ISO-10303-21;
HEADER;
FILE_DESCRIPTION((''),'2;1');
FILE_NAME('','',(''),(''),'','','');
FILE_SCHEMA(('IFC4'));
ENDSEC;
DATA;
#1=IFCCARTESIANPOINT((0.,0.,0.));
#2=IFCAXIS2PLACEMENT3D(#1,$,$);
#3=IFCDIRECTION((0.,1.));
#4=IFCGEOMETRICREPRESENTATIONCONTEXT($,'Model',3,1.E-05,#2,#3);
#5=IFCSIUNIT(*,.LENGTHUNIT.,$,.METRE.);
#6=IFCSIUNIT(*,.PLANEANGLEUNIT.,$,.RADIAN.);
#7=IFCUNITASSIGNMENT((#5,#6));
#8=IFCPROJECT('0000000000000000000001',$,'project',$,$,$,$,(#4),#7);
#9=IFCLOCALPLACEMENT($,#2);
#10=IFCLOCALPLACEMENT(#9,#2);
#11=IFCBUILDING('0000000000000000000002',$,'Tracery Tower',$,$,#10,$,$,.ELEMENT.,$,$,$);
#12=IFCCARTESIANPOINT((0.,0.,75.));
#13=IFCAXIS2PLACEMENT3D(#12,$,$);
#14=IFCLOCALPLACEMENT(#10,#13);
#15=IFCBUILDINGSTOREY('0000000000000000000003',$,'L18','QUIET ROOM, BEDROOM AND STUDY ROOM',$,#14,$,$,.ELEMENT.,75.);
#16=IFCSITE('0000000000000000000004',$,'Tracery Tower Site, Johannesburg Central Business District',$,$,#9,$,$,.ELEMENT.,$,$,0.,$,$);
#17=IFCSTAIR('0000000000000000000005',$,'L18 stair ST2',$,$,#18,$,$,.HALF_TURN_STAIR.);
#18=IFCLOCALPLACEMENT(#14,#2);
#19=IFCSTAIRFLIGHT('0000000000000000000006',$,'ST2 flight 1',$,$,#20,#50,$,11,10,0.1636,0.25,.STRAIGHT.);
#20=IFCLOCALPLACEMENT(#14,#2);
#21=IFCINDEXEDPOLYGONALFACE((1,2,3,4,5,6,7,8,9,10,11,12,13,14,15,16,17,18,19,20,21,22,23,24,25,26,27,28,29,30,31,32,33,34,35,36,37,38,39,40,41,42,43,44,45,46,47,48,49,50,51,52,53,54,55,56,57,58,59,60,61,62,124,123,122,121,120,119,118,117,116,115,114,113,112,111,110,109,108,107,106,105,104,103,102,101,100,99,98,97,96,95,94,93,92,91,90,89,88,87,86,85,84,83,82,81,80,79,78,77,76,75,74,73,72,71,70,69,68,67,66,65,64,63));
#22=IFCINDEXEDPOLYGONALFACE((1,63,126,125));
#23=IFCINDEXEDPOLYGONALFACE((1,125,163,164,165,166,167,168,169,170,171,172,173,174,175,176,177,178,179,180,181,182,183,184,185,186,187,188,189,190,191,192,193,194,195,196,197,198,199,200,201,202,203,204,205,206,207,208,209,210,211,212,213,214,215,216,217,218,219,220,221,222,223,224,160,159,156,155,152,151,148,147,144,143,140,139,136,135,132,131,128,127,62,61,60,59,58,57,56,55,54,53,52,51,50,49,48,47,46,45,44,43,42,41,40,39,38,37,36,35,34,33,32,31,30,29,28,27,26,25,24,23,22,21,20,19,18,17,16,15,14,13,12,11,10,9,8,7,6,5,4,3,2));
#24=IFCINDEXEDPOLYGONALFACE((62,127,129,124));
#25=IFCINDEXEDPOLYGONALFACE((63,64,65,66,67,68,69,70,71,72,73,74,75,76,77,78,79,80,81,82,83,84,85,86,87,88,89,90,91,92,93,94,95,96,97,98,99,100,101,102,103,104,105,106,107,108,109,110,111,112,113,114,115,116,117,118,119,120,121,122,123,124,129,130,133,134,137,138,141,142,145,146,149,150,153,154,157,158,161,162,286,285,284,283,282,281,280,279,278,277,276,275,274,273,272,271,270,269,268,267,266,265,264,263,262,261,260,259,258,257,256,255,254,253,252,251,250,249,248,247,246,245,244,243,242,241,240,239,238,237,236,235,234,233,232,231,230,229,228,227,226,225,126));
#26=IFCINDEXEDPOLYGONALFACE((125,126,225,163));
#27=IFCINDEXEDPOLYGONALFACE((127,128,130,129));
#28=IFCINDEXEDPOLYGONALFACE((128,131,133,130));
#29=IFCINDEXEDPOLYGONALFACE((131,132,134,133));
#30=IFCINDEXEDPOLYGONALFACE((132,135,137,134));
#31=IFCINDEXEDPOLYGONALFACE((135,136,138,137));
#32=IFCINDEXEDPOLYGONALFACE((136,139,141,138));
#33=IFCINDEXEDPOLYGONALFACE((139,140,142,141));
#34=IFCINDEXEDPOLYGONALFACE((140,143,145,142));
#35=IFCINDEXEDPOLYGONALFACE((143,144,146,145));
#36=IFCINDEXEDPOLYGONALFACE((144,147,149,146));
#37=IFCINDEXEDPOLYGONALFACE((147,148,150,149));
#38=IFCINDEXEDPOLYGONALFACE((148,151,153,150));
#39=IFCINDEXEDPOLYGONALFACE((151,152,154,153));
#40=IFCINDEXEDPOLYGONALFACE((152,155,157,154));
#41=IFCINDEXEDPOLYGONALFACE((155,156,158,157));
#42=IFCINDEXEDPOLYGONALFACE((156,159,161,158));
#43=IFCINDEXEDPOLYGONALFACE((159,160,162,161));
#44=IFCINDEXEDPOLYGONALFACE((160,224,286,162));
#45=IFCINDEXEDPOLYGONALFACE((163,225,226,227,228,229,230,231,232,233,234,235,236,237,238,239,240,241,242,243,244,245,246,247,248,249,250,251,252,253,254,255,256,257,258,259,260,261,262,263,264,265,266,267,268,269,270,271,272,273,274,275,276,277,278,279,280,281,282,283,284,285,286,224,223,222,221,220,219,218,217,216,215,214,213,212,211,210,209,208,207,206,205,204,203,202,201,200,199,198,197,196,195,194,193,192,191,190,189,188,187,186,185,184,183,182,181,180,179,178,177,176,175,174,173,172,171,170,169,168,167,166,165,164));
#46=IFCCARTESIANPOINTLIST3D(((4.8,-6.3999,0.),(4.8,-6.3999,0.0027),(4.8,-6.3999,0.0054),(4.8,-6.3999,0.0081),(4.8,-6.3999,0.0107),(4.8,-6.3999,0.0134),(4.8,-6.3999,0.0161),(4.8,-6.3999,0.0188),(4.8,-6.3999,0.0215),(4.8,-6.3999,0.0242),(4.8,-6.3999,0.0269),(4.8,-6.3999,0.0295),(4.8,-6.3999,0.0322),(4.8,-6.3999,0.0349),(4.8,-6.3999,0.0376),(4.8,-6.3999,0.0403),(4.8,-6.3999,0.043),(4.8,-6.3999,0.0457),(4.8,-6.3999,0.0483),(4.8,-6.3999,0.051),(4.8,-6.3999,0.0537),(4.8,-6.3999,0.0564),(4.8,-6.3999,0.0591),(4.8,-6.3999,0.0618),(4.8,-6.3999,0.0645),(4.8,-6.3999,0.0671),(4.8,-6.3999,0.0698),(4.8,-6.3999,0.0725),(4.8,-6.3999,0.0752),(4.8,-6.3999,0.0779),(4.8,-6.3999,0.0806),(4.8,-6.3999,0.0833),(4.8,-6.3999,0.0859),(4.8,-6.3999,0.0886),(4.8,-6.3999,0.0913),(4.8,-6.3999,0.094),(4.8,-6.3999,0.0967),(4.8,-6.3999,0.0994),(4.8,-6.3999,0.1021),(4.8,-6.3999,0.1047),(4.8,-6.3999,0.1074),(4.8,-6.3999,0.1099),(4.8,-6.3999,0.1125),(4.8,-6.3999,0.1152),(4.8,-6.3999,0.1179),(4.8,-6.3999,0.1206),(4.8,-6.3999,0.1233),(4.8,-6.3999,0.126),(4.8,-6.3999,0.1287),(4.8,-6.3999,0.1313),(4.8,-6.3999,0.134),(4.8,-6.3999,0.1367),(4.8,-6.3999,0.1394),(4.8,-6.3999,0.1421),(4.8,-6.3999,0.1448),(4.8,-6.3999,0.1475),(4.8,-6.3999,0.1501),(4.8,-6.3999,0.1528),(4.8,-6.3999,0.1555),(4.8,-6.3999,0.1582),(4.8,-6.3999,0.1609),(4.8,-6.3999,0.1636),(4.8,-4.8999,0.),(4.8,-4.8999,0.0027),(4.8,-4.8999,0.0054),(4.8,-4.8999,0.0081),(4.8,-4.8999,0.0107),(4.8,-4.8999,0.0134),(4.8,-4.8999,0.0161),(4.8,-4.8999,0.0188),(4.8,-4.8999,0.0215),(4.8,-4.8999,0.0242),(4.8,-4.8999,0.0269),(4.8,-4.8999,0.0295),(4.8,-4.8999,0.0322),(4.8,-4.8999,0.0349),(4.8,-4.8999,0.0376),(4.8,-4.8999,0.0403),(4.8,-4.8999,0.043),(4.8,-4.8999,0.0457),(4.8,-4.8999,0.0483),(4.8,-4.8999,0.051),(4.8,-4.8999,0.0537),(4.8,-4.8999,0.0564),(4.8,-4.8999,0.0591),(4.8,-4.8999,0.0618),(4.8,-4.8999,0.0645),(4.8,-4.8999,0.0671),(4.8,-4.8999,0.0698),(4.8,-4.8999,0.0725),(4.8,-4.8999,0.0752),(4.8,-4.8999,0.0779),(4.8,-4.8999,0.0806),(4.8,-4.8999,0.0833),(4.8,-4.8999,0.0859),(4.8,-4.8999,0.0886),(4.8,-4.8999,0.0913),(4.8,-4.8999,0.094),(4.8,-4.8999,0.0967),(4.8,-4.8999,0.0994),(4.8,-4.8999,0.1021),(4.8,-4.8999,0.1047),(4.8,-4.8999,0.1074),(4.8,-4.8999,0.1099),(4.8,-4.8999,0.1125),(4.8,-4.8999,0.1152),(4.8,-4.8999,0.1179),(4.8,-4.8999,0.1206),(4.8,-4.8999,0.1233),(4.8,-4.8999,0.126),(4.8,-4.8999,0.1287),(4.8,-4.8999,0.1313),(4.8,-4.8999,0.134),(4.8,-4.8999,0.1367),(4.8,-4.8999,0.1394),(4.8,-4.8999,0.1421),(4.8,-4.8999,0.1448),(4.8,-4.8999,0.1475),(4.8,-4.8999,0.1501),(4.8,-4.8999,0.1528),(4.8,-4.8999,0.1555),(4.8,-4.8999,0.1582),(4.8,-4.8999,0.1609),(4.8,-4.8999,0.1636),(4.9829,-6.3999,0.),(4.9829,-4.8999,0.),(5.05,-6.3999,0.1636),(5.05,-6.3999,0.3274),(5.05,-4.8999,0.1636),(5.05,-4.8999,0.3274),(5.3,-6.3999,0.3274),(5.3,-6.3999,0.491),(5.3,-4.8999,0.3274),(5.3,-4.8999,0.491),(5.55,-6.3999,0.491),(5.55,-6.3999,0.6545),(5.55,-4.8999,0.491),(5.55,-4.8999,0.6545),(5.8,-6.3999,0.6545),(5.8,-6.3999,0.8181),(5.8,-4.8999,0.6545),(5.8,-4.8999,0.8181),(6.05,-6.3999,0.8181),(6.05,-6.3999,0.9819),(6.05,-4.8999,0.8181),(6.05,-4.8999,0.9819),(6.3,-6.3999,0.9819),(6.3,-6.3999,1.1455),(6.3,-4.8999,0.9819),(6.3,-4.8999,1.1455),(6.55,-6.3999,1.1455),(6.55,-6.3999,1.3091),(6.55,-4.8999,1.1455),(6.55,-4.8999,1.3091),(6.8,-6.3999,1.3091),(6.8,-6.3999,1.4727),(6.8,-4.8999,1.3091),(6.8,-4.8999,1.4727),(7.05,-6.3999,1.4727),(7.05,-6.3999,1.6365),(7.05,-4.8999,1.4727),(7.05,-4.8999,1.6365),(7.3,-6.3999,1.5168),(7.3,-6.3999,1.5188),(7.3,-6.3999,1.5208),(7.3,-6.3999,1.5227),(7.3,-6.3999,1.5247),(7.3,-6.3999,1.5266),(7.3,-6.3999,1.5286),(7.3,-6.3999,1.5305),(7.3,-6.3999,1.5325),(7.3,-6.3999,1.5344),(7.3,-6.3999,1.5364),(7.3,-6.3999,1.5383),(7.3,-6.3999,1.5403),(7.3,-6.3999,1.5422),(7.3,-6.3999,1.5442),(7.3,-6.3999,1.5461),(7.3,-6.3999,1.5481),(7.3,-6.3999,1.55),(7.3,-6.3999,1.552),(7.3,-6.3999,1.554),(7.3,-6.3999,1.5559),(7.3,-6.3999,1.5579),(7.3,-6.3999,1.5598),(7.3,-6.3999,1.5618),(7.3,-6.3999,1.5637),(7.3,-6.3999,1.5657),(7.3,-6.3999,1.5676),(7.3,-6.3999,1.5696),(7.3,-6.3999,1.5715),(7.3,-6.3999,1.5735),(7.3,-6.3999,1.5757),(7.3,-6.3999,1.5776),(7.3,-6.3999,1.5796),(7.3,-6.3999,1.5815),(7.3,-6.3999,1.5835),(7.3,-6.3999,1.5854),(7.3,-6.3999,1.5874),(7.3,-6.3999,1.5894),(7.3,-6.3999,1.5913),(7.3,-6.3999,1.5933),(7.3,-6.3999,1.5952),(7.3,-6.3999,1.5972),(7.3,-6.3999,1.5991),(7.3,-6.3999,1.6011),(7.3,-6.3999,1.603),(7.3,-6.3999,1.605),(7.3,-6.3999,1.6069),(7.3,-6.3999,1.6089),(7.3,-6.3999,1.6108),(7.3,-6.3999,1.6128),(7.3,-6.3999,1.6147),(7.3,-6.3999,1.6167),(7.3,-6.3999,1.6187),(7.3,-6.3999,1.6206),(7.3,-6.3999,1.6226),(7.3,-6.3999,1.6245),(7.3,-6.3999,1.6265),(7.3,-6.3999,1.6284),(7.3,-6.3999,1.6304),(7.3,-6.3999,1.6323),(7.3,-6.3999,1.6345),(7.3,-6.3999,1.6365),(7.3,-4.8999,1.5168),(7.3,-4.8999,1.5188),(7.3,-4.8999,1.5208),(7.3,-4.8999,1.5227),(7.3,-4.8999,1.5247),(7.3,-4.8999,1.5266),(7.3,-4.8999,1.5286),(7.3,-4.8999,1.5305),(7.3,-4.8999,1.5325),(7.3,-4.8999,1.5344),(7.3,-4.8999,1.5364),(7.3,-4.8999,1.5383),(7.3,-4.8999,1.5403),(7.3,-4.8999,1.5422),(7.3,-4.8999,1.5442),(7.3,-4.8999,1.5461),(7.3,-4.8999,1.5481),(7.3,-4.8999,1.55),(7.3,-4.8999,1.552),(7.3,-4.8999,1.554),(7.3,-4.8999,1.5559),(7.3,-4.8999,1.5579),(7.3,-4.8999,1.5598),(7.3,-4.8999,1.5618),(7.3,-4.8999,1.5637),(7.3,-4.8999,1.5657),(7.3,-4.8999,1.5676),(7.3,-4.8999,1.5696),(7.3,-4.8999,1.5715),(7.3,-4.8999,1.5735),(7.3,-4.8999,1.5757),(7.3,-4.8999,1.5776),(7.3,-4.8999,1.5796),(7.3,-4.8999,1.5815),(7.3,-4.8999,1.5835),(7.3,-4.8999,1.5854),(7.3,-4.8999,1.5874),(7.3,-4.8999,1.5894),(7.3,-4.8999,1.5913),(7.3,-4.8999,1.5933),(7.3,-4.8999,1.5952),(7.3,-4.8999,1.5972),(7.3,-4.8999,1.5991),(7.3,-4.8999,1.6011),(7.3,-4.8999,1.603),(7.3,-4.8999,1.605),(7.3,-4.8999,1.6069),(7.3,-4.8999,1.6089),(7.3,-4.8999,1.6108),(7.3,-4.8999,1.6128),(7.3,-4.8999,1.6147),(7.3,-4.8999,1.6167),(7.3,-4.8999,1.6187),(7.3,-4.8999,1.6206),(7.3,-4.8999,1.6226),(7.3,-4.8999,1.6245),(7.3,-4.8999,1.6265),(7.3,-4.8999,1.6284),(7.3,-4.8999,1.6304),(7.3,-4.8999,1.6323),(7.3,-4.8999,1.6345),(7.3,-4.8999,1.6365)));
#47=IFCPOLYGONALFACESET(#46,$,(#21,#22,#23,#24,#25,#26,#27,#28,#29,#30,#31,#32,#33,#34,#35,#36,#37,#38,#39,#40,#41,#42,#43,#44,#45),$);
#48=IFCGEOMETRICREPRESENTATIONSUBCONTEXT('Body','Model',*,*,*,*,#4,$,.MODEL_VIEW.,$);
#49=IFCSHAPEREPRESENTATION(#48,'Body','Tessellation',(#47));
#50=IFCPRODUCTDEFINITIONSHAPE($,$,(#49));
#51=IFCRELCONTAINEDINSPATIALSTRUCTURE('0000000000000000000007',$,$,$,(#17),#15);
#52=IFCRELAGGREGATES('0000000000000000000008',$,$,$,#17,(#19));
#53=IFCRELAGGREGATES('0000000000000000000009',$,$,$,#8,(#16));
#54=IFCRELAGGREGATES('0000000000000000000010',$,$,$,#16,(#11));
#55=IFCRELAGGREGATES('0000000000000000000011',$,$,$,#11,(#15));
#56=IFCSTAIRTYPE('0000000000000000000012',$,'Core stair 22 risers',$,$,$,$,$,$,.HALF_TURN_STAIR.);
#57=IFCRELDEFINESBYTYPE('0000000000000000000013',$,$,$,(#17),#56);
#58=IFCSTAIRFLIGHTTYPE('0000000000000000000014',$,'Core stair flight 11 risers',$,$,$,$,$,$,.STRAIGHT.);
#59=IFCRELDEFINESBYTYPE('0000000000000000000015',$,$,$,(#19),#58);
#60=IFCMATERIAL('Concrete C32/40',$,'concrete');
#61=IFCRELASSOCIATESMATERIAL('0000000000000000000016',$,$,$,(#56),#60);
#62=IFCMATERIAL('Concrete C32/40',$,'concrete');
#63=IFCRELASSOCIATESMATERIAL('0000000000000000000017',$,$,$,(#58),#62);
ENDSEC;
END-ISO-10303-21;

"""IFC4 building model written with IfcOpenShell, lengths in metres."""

from ifc_helpers import new_model, si_unit, direction, frame, origin, place, context, subcontext, project, spatial, polyline, outline, extrude, material, type_object, element, aggregate, save


model = new_model("IFC4")

# Units and contexts
model_context = context("Model", 3, precision=1e-05, world=origin(), true_north=direction((0.0, 1.0)))
body_context = subcontext(model_context, "Body", "Model", "MODEL_VIEW")
ifc_project = project(units=[si_unit("LENGTHUNIT", "METRE"), si_unit("PLANEANGLEUNIT", "RADIAN")], contexts=[model_context])

# Site, building, storey
site_placement = place(None, origin())
site = spatial("IfcSite", under=ifc_project, at=site_placement, Name="Tracery Tower Site, Johannesburg Central Business District", CompositionType="ELEMENT", RefElevation=0.0)
building_placement = place(site_placement, origin())
building = spatial("IfcBuilding", under=site, at=building_placement, Name="Tracery Tower", CompositionType="ELEMENT")
storey_placement = place(building_placement, frame((0.0, 0.0, 75.0)))
storey = spatial("IfcBuildingStorey", under=building, at=storey_placement, Name="L18", Description="QUIET ROOM, BEDROOM AND STUDY ROOM", CompositionType="ELEMENT", Elevation=75.0)

# Stair, stair flight
ifc_material_1 = material(Name="Concrete C32/40", Category="concrete")
stair_type = type_object("IfcStairType", Name="Core stair 22 risers", PredefinedType="HALF_TURN_STAIR", material=ifc_material_1)
stair_placement = place(storey_placement, origin())
stair = element("IfcStair", 1, at=stair_placement, inside=storey, type_object=stair_type, Name="L18 stair ST2", PredefinedType="HALF_TURN_STAIR")
ifc_material_2 = material(Name="Concrete C32/40", Category="concrete")
stair_flight_type = type_object("IfcStairFlightType", Name="Core stair flight 11 risers", PredefinedType="STRAIGHT", material=ifc_material_2)
stair_flight_1_placement = place(storey_placement, frame((4.8, -5.6499, 0.0), z_axis=(0.0, 0.0, 1.0), x_axis=(1.0, 0.0, 0.0)))
stair_flight_1 = element("IfcStairFlight", 2, at=stair_flight_1_placement, type_object=stair_flight_type, Name="ST2 flight 1", NumberOfRisers=11, NumberOfTreads=10, PredefinedType="STRAIGHT", RiserHeight=0.1636, TreadLength=0.25, context=body_context, shape_type="SweptSolid", body=[
    extrude(outline(polyline([(0.0, 0.0), (0.0, 0.0027), (0.0, 0.0054), (0.0, 0.0081), (0.0, 0.0107), (0.0, 0.0134), (0.0, 0.0161), (0.0, 0.0188), (0.0, 0.0215), (0.0, 0.0242), (0.0, 0.0269), (0.0, 0.0295), (0.0, 0.0322), (0.0, 0.0349), (0.0, 0.0376), (0.0, 0.0403), (0.0, 0.043), (0.0, 0.0457), (0.0, 0.0483), (0.0, 0.051), (0.0, 0.0537), (0.0, 0.0564), (0.0, 0.0591), (0.0, 0.0618), (0.0, 0.0645), (0.0, 0.0671), (0.0, 0.0698), (0.0, 0.0725), (0.0, 0.0752), (0.0, 0.0779), (0.0, 0.0806), (0.0, 0.0833), (0.0, 0.0859), (0.0, 0.0886), (0.0, 0.0913), (0.0, 0.094), (0.0, 0.0967), (0.0, 0.0994), (0.0, 0.1021), (0.0, 0.1047), (0.0, 0.1074), (0.0, 0.1099), (0.0, 0.1125), (0.0, 0.1152), (0.0, 0.1179), (0.0, 0.1206), (0.0, 0.1233), (0.0, 0.126), (0.0, 0.1287), (0.0, 0.1313), (0.0, 0.134), (0.0, 0.1367), (0.0, 0.1394), (0.0, 0.1421), (0.0, 0.1448), (0.0, 0.1475), (0.0, 0.1501), (0.0, 0.1528), (0.0, 0.1555), (0.0, 0.1582), (0.0, 0.1609), (0.0, 0.1636), (0.25, 0.1636), (0.25, 0.3274), (0.5, 0.3274), (0.5, 0.491), (0.75, 0.491), (0.75, 0.6545), (1.0, 0.6545), (1.0, 0.8181), (1.25, 0.8181), (1.25, 0.9819), (1.5, 0.9819), (1.5, 1.1455), (1.75, 1.1455), (1.75, 1.3091), (2.0, 1.3091), (2.0, 1.4727), (2.25, 1.4727), (2.25, 1.6365), (2.5, 1.6365), (2.5, 1.6345), (2.5, 1.6323), (2.5, 1.6304), (2.5, 1.6284), (2.5, 1.6265), (2.5, 1.6245), (2.5, 1.6226), (2.5, 1.6206), (2.5, 1.6187), (2.5, 1.6167), (2.5, 1.6147), (2.5, 1.6128), (2.5, 1.6108), (2.5, 1.6089), (2.5, 1.6069), (2.5, 1.605), (2.5, 1.603), (2.5, 1.6011), (2.5, 1.5991), (2.5, 1.5972), (2.5, 1.5952), (2.5, 1.5933), (2.5, 1.5913), (2.5, 1.5894), (2.5, 1.5874), (2.5, 1.5854), (2.5, 1.5835), (2.5, 1.5815), (2.5, 1.5796), (2.5, 1.5776), (2.5, 1.5757), (2.5, 1.5735), (2.5, 1.5715), (2.5, 1.5696), (2.5, 1.5676), (2.5, 1.5657), (2.5, 1.5637), (2.5, 1.5618), (2.5, 1.5598), (2.5, 1.5579), (2.5, 1.5559), (2.5, 1.554), (2.5, 1.552), (2.5, 1.55), (2.5, 1.5481), (2.5, 1.5461), (2.5, 1.5442), (2.5, 1.5422), (2.5, 1.5403), (2.5, 1.5383), (2.5, 1.5364), (2.5, 1.5344), (2.5, 1.5325), (2.5, 1.5305), (2.5, 1.5286), (2.5, 1.5266), (2.5, 1.5247), (2.5, 1.5227), (2.5, 1.5208), (2.5, 1.5188), (2.5, 1.5168), (0.1829, 0.0), (0.0, 0.0)])), frame((0.0, 0.75, 0.0), z_axis=(0.0, -1.0, 0.0), x_axis=(1.0, 0.0, 0.0)), (0.0, 0.0, 1.0), 1.5),
])
aggregate(stair, [stair_flight_1])

save(model, "model.ifc")
